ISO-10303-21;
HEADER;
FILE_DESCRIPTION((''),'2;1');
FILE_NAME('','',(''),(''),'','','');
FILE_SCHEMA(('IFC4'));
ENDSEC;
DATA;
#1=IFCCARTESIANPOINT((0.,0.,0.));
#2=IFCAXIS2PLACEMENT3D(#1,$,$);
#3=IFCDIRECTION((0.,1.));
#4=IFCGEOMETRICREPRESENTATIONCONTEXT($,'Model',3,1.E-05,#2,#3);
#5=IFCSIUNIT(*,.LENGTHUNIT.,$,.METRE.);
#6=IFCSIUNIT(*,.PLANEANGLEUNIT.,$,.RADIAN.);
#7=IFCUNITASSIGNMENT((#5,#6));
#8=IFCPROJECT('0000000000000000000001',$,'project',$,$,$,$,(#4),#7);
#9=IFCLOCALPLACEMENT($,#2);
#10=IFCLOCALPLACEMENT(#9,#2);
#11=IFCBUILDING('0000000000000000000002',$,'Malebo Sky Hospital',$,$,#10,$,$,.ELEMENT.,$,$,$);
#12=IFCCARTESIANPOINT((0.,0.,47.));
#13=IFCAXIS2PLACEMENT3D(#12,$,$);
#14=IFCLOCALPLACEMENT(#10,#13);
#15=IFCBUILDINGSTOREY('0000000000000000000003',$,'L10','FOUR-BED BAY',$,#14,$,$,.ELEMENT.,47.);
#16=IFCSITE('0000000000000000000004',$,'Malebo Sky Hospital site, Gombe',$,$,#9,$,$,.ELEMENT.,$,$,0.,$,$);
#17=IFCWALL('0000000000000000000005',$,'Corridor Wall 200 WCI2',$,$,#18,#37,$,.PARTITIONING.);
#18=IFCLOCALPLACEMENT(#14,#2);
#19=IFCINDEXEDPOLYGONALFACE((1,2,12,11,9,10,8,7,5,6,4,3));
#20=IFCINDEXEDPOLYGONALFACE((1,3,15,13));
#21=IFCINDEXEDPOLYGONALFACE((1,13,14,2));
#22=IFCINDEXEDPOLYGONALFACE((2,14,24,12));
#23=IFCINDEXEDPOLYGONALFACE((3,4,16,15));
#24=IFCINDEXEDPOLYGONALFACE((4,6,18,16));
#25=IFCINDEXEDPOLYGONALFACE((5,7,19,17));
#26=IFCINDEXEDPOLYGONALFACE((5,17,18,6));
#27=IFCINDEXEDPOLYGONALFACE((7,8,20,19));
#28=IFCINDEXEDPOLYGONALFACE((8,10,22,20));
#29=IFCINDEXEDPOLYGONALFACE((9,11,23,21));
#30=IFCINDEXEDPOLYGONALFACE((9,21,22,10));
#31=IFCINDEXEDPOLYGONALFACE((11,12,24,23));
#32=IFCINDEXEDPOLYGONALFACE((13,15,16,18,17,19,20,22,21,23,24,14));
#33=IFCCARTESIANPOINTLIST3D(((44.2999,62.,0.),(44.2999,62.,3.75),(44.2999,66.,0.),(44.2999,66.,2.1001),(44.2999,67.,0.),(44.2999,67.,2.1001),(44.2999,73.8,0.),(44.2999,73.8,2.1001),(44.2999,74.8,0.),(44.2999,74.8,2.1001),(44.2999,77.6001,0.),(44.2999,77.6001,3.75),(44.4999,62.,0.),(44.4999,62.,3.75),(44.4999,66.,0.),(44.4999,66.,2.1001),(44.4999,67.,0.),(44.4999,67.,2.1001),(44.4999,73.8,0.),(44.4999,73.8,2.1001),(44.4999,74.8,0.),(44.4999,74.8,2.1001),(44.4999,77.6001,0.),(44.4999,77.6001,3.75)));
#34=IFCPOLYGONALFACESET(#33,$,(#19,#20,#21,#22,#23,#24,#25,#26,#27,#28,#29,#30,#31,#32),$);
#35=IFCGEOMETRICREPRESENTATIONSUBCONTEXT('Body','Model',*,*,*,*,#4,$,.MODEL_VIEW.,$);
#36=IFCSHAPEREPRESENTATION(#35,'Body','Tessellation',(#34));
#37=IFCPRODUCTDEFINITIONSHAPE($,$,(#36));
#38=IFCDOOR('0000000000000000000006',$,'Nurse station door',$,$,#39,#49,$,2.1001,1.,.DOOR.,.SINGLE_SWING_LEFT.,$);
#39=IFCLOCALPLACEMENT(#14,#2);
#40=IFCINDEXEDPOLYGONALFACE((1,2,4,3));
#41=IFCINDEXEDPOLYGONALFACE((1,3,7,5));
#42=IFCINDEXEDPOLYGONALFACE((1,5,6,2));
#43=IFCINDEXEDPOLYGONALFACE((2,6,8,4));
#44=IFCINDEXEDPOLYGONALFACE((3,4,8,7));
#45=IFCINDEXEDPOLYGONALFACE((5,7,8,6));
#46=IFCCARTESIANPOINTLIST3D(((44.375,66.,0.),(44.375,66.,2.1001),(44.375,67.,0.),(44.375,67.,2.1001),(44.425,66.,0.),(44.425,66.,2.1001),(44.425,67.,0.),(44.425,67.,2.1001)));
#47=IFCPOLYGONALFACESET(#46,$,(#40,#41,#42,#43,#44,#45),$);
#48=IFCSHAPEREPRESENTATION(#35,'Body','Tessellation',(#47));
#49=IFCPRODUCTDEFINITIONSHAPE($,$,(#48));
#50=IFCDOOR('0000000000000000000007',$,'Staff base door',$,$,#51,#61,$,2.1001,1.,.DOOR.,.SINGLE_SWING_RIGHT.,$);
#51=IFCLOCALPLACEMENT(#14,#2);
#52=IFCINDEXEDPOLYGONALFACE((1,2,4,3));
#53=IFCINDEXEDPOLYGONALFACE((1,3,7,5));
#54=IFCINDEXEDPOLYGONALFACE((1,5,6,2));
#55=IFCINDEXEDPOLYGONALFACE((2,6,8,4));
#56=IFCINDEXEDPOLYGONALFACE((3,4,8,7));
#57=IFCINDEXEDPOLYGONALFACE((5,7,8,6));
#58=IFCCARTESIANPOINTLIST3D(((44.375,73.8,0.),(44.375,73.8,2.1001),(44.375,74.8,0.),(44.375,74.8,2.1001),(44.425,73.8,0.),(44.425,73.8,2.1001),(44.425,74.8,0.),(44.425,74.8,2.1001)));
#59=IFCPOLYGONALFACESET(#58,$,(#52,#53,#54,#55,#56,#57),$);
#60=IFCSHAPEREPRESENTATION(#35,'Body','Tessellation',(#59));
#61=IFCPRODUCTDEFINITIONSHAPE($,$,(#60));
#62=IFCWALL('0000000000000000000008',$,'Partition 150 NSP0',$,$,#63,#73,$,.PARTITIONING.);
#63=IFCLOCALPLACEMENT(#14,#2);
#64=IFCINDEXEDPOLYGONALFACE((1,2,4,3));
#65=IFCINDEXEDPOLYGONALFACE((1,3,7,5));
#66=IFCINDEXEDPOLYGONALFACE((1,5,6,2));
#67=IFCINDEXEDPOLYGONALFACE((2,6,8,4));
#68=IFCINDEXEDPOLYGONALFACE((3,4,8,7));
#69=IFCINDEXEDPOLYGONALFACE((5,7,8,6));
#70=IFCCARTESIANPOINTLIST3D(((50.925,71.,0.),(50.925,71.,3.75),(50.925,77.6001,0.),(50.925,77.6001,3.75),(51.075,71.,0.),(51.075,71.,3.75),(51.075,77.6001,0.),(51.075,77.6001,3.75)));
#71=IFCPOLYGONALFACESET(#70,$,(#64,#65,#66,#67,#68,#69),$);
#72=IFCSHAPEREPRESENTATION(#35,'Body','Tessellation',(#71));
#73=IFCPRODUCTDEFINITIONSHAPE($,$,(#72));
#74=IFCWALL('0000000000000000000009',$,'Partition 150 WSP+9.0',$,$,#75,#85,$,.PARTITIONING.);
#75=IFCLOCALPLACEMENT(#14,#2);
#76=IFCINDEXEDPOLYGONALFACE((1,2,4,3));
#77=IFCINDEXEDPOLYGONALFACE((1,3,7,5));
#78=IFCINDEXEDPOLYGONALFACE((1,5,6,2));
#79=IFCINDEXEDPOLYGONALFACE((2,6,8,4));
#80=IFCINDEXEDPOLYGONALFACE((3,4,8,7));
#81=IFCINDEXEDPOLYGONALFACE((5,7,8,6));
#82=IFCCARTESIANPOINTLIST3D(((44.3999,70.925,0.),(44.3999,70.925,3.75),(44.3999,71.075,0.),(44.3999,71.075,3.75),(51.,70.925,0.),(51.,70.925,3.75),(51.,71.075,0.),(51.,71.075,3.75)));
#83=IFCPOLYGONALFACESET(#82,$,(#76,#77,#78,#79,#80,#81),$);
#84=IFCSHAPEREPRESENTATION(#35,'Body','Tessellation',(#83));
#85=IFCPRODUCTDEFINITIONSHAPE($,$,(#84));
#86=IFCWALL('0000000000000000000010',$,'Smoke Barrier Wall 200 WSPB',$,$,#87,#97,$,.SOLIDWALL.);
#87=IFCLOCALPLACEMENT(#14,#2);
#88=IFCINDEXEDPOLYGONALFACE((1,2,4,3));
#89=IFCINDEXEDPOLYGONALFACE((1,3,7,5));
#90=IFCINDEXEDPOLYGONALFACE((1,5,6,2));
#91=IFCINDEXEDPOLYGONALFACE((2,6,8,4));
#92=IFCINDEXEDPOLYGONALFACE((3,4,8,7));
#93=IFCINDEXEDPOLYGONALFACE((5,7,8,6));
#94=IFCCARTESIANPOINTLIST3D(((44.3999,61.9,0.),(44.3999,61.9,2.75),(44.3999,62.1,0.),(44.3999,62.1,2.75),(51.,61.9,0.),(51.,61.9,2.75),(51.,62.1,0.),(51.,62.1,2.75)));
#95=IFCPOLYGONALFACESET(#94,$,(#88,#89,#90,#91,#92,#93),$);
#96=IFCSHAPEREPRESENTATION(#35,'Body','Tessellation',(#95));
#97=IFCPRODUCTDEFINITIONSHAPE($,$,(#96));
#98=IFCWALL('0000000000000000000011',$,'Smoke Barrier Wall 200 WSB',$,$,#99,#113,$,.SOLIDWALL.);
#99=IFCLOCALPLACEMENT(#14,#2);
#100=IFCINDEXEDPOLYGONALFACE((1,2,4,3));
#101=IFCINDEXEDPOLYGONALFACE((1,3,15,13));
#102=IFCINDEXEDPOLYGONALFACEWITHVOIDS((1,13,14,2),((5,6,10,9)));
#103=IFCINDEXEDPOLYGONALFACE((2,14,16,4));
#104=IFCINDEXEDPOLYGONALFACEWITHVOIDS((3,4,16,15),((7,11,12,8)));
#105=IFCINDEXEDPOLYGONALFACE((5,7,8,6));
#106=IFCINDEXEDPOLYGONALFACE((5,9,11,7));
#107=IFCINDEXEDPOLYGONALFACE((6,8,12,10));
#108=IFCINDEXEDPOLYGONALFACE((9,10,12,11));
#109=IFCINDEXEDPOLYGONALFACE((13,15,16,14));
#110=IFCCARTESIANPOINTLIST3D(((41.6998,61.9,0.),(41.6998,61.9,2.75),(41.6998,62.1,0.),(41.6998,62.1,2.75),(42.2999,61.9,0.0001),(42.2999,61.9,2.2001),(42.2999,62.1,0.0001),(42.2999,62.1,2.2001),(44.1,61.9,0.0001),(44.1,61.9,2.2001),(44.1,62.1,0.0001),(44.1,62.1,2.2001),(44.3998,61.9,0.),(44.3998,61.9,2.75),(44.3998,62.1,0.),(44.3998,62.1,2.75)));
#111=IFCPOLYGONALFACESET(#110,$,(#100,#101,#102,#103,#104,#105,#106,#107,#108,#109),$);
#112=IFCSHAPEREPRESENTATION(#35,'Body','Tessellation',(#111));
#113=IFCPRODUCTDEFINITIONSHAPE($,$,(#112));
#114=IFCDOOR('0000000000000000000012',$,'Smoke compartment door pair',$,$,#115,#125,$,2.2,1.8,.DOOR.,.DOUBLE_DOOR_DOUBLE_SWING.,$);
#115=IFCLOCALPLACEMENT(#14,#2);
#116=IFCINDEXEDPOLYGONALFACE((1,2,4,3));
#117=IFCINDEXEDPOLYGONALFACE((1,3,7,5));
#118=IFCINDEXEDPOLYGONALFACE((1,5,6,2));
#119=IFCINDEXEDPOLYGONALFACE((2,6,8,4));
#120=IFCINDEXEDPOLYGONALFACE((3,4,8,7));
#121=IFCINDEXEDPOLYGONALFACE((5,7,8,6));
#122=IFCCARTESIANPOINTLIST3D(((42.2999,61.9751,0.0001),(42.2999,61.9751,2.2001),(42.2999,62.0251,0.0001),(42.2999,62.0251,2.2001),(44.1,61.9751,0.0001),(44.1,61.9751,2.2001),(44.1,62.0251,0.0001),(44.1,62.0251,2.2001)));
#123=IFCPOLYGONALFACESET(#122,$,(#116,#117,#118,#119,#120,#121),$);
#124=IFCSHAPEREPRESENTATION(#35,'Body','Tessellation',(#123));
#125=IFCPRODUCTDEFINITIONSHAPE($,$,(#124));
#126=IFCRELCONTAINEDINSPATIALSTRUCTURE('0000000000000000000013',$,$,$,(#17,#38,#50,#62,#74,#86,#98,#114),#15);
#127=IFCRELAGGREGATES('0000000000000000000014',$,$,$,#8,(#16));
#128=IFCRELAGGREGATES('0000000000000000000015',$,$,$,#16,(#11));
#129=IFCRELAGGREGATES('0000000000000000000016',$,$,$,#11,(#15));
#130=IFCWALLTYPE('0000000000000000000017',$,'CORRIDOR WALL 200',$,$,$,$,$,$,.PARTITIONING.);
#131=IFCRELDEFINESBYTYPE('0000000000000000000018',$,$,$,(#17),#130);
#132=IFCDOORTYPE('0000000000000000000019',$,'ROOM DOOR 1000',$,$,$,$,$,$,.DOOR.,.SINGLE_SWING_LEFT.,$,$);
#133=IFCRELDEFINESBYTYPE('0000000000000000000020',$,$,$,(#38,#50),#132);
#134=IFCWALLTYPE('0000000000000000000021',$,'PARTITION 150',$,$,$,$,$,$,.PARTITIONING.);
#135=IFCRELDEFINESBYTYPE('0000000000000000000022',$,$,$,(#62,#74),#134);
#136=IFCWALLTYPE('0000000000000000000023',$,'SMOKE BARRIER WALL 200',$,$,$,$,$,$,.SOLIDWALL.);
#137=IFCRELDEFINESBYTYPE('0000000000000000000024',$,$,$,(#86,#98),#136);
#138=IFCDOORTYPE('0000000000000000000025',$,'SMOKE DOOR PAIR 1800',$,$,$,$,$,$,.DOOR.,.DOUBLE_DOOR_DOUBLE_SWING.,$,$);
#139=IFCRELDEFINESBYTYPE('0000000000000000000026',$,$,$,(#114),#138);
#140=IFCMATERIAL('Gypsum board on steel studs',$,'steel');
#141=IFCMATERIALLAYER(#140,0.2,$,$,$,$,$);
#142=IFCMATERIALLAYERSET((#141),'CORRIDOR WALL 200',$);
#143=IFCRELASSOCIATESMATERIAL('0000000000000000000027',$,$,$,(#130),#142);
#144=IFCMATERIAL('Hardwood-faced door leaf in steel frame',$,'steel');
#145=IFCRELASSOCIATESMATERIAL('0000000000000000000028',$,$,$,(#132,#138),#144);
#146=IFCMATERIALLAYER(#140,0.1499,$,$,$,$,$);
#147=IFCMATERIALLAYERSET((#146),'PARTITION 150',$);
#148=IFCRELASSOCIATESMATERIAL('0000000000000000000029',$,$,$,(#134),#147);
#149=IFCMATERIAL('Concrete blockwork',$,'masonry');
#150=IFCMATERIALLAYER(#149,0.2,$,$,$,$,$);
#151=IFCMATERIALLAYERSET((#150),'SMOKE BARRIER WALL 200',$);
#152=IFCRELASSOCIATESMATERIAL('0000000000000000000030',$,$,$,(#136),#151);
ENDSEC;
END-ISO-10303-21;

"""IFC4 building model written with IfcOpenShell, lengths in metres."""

from ifc_helpers import new_model, si_unit, direction, frame, frame_2d, origin, place, context, subcontext, project, spatial, rectangle, extrude, material, layer, layer_set, type_object, element, fill, save


model = new_model("IFC4")

# Units and contexts
model_context = context("Model", 3, precision=1e-05, world=origin(), true_north=direction((0.0, 1.0)))
body_context = subcontext(model_context, "Body", "Model", "MODEL_VIEW")
ifc_project = project(units=[si_unit("LENGTHUNIT", "METRE"), si_unit("PLANEANGLEUNIT", "RADIAN")], contexts=[model_context])

# Site, building, storey
site_placement = place(None, origin())
site = spatial("IfcSite", under=ifc_project, at=site_placement, Name="Malebo Sky Hospital site, Gombe", CompositionType="ELEMENT", RefElevation=0.0)
building_placement = place(site_placement, origin())
building = spatial("IfcBuilding", under=site, at=building_placement, Name="Malebo Sky Hospital", CompositionType="ELEMENT")
storey_placement = place(building_placement, frame((0.0, 0.0, 47.0)))
storey = spatial("IfcBuildingStorey", under=building, at=storey_placement, Name="L10", Description="FOUR-BED BAY", CompositionType="ELEMENT", Elevation=47.0)

# Shared definitions
ifc_material_1 = material(Name="Hardwood-faced door leaf in steel frame", Category="steel")
ifc_material_2 = material(Name="Gypsum board on steel studs", Category="steel")
ifc_layer_1 = layer(ifc_material_2, 0.2)
ifc_layer_set_1 = layer_set([ifc_layer_1], Name="CORRIDOR WALL 200")
wall_type_1 = type_object("IfcWallType", Name="CORRIDOR WALL 200", PredefinedType="PARTITIONING", material=ifc_layer_set_1)
door_type_1 = type_object("IfcDoorType", Name="ROOM DOOR 1000", OperationType="SINGLE_SWING_LEFT", PredefinedType="DOOR", material=ifc_material_1)

# Wall, openings, doors
wall_1_placement = place(storey_placement, frame((44.3999, 62.0, 0.0), z_axis=(0.0, 0.0, 1.0), x_axis=(0.0, 1.0, 0.0)))
wall_1 = element("IfcWall", 1, at=wall_1_placement, inside=storey, type_object=wall_type_1, Name="Corridor Wall 200 WCI2", PredefinedType="PARTITIONING", context=body_context, shape_type="SweptSolid", body=[
    extrude(rectangle(XDim=15.6001, YDim=0.2, at=frame_2d((7.8, 0.0))), origin(), (0.0, 0.0, 1.0), 3.75),
])
opening_1_placement = place(wall_1_placement, frame((4.0, 0.0, 0.0)))
opening_1 = element("IfcOpeningElement", 2, at=opening_1_placement, cuts=wall_1, PredefinedType="OPENING", context=body_context, shape_type="SweptSolid", body=[
    extrude(rectangle(XDim=1.0, YDim=2.1001, at=frame_2d((0.5, 1.05))), frame((0.0, 0.1099, 0.0), z_axis=(0.0, -1.0, 0.0), x_axis=(1.0, 0.0, 0.0)), (0.0, 0.0, 1.0), 0.22),
])
opening_2_placement = place(wall_1_placement, frame((11.8, 0.0, 0.0)))
opening_2 = element("IfcOpeningElement", 3, at=opening_2_placement, cuts=wall_1, PredefinedType="OPENING", context=body_context, shape_type="SweptSolid", body=[
    extrude(rectangle(XDim=1.0, YDim=2.1001, at=frame_2d((0.5, 1.05))), frame((0.0, 0.1099, 0.0), z_axis=(0.0, -1.0, 0.0), x_axis=(1.0, 0.0, 0.0)), (0.0, 0.0, 1.0), 0.22),
])
door_1_placement = place(opening_1_placement, origin())
door_1 = element("IfcDoor", 4, at=door_1_placement, inside=storey, type_object=door_type_1, Name="Nurse station door", OperationType="SINGLE_SWING_LEFT", OverallHeight=2.1001, OverallWidth=1.0, PredefinedType="DOOR", context=body_context, shape_type="SweptSolid", body=[
    extrude(rectangle(XDim=1.0, YDim=2.1001, at=frame_2d((0.5, 1.05))), frame((0.0, 0.0249, 0.0), z_axis=(0.0, -1.0, 0.0), x_axis=(1.0, 0.0, 0.0)), (0.0, 0.0, 1.0), 0.05),
])
fill(opening_1, door_1)
door_2_placement = place(opening_2_placement, origin())
door_2 = element("IfcDoor", 5, at=door_2_placement, inside=storey, type_object=door_type_1, Name="Staff base door", OperationType="SINGLE_SWING_RIGHT", OverallHeight=2.1001, OverallWidth=1.0, PredefinedType="DOOR", context=body_context, shape_type="SweptSolid", body=[
    extrude(rectangle(XDim=1.0, YDim=2.1001, at=frame_2d((0.5, 1.05))), frame((0.0, 0.0249, 0.0), z_axis=(0.0, -1.0, 0.0), x_axis=(1.0, 0.0, 0.0)), (0.0, 0.0, 1.0), 0.05),
])
fill(opening_2, door_2)

# Walls
ifc_layer_2 = layer(ifc_material_2, 0.1499)
ifc_layer_set_2 = layer_set([ifc_layer_2], Name="PARTITION 150")
wall_type_2 = type_object("IfcWallType", Name="PARTITION 150", PredefinedType="PARTITIONING", material=ifc_layer_set_2)
for number, where, z_axis, x_axis, name in (
    (6, (51.0, 71.0, 0.0), (0.0, 0.0, 1.0), (0.0, 1.0, 0.0), "Partition 150 NSP0"),
    (7, (51.0, 71.0, 0.0), (0.0, 0.0, 1.0), (-1.0, 0.0, 0.0), "Partition 150 WSP+9.0"),
):
    element("IfcWall", number, at=place(storey_placement, frame(where, z_axis=z_axis, x_axis=x_axis)), inside=storey, type_object=wall_type_2, Name=name, PredefinedType="PARTITIONING", context=body_context, shape_type="SweptSolid", body=[
        extrude(rectangle(XDim=6.6001, YDim=0.1499, at=frame_2d((3.3, 0.0))), origin(), (0.0, 0.0, 1.0), 3.75),
    ])
ifc_material_3 = material(Name="Concrete blockwork", Category="masonry")
ifc_layer_3 = layer(ifc_material_3, 0.2)
ifc_layer_set_3 = layer_set([ifc_layer_3], Name="SMOKE BARRIER WALL 200")
wall_type_3 = type_object("IfcWallType", Name="SMOKE BARRIER WALL 200", PredefinedType="SOLIDWALL", material=ifc_layer_set_3)
wall_2_placement = place(storey_placement, frame((51.0, 62.0, 0.0), z_axis=(0.0, 0.0, 1.0), x_axis=(-1.0, 0.0, 0.0)))
element("IfcWall", 8, at=wall_2_placement, inside=storey, type_object=wall_type_3, Name="Smoke Barrier Wall 200 WSPB", PredefinedType="SOLIDWALL", context=body_context, shape_type="SweptSolid", body=[
    extrude(rectangle(XDim=6.6001, YDim=0.2, at=frame_2d((3.3, 0.0))), origin(), (0.0, 0.0, 1.0), 2.75),
])

# Wall, opening, door
wall_3_placement = place(storey_placement, frame((44.3999, 62.0, 0.0), z_axis=(0.0, 0.0, 1.0), x_axis=(-1.0, 0.0, 0.0)))
wall_3 = element("IfcWall", 9, at=wall_3_placement, inside=storey, type_object=wall_type_3, Name="Smoke Barrier Wall 200 WSB", PredefinedType="SOLIDWALL", context=body_context, shape_type="SweptSolid", body=[
    extrude(rectangle(XDim=2.7, YDim=0.2, at=frame_2d((1.3501, 0.0))), origin(), (0.0, 0.0, 1.0), 2.75),
])
opening_3_placement = place(wall_3_placement, frame((0.3, 0.0, 0.0)))
opening_3 = element("IfcOpeningElement", 10, at=opening_3_placement, cuts=wall_3, PredefinedType="OPENING", context=body_context, shape_type="SweptSolid", body=[
    extrude(rectangle(XDim=1.8, YDim=2.2, at=frame_2d((0.8999, 1.1001))), frame((0.0, 0.1099, 0.0), z_axis=(0.0, -1.0, 0.0), x_axis=(1.0, 0.0, 0.0)), (0.0, 0.0, 1.0), 0.22),
])
door_type_2 = type_object("IfcDoorType", Name="SMOKE DOOR PAIR 1800", OperationType="DOUBLE_DOOR_DOUBLE_SWING", PredefinedType="DOOR", material=ifc_material_1)
door_3_placement = place(opening_3_placement, origin())
door_3 = element("IfcDoor", 11, at=door_3_placement, inside=storey, type_object=door_type_2, Name="Smoke compartment door pair", OperationType="DOUBLE_DOOR_DOUBLE_SWING", OverallHeight=2.2, OverallWidth=1.8, PredefinedType="DOOR", context=body_context, shape_type="SweptSolid", body=[
    extrude(rectangle(XDim=1.8, YDim=2.2, at=frame_2d((0.8999, 1.1001))), frame((0.0, 0.0249, 0.0), z_axis=(0.0, -1.0, 0.0), x_axis=(1.0, 0.0, 0.0)), (0.0, 0.0, 1.0), 0.05),
])
fill(opening_3, door_3)

save(model, "model.ifc")
